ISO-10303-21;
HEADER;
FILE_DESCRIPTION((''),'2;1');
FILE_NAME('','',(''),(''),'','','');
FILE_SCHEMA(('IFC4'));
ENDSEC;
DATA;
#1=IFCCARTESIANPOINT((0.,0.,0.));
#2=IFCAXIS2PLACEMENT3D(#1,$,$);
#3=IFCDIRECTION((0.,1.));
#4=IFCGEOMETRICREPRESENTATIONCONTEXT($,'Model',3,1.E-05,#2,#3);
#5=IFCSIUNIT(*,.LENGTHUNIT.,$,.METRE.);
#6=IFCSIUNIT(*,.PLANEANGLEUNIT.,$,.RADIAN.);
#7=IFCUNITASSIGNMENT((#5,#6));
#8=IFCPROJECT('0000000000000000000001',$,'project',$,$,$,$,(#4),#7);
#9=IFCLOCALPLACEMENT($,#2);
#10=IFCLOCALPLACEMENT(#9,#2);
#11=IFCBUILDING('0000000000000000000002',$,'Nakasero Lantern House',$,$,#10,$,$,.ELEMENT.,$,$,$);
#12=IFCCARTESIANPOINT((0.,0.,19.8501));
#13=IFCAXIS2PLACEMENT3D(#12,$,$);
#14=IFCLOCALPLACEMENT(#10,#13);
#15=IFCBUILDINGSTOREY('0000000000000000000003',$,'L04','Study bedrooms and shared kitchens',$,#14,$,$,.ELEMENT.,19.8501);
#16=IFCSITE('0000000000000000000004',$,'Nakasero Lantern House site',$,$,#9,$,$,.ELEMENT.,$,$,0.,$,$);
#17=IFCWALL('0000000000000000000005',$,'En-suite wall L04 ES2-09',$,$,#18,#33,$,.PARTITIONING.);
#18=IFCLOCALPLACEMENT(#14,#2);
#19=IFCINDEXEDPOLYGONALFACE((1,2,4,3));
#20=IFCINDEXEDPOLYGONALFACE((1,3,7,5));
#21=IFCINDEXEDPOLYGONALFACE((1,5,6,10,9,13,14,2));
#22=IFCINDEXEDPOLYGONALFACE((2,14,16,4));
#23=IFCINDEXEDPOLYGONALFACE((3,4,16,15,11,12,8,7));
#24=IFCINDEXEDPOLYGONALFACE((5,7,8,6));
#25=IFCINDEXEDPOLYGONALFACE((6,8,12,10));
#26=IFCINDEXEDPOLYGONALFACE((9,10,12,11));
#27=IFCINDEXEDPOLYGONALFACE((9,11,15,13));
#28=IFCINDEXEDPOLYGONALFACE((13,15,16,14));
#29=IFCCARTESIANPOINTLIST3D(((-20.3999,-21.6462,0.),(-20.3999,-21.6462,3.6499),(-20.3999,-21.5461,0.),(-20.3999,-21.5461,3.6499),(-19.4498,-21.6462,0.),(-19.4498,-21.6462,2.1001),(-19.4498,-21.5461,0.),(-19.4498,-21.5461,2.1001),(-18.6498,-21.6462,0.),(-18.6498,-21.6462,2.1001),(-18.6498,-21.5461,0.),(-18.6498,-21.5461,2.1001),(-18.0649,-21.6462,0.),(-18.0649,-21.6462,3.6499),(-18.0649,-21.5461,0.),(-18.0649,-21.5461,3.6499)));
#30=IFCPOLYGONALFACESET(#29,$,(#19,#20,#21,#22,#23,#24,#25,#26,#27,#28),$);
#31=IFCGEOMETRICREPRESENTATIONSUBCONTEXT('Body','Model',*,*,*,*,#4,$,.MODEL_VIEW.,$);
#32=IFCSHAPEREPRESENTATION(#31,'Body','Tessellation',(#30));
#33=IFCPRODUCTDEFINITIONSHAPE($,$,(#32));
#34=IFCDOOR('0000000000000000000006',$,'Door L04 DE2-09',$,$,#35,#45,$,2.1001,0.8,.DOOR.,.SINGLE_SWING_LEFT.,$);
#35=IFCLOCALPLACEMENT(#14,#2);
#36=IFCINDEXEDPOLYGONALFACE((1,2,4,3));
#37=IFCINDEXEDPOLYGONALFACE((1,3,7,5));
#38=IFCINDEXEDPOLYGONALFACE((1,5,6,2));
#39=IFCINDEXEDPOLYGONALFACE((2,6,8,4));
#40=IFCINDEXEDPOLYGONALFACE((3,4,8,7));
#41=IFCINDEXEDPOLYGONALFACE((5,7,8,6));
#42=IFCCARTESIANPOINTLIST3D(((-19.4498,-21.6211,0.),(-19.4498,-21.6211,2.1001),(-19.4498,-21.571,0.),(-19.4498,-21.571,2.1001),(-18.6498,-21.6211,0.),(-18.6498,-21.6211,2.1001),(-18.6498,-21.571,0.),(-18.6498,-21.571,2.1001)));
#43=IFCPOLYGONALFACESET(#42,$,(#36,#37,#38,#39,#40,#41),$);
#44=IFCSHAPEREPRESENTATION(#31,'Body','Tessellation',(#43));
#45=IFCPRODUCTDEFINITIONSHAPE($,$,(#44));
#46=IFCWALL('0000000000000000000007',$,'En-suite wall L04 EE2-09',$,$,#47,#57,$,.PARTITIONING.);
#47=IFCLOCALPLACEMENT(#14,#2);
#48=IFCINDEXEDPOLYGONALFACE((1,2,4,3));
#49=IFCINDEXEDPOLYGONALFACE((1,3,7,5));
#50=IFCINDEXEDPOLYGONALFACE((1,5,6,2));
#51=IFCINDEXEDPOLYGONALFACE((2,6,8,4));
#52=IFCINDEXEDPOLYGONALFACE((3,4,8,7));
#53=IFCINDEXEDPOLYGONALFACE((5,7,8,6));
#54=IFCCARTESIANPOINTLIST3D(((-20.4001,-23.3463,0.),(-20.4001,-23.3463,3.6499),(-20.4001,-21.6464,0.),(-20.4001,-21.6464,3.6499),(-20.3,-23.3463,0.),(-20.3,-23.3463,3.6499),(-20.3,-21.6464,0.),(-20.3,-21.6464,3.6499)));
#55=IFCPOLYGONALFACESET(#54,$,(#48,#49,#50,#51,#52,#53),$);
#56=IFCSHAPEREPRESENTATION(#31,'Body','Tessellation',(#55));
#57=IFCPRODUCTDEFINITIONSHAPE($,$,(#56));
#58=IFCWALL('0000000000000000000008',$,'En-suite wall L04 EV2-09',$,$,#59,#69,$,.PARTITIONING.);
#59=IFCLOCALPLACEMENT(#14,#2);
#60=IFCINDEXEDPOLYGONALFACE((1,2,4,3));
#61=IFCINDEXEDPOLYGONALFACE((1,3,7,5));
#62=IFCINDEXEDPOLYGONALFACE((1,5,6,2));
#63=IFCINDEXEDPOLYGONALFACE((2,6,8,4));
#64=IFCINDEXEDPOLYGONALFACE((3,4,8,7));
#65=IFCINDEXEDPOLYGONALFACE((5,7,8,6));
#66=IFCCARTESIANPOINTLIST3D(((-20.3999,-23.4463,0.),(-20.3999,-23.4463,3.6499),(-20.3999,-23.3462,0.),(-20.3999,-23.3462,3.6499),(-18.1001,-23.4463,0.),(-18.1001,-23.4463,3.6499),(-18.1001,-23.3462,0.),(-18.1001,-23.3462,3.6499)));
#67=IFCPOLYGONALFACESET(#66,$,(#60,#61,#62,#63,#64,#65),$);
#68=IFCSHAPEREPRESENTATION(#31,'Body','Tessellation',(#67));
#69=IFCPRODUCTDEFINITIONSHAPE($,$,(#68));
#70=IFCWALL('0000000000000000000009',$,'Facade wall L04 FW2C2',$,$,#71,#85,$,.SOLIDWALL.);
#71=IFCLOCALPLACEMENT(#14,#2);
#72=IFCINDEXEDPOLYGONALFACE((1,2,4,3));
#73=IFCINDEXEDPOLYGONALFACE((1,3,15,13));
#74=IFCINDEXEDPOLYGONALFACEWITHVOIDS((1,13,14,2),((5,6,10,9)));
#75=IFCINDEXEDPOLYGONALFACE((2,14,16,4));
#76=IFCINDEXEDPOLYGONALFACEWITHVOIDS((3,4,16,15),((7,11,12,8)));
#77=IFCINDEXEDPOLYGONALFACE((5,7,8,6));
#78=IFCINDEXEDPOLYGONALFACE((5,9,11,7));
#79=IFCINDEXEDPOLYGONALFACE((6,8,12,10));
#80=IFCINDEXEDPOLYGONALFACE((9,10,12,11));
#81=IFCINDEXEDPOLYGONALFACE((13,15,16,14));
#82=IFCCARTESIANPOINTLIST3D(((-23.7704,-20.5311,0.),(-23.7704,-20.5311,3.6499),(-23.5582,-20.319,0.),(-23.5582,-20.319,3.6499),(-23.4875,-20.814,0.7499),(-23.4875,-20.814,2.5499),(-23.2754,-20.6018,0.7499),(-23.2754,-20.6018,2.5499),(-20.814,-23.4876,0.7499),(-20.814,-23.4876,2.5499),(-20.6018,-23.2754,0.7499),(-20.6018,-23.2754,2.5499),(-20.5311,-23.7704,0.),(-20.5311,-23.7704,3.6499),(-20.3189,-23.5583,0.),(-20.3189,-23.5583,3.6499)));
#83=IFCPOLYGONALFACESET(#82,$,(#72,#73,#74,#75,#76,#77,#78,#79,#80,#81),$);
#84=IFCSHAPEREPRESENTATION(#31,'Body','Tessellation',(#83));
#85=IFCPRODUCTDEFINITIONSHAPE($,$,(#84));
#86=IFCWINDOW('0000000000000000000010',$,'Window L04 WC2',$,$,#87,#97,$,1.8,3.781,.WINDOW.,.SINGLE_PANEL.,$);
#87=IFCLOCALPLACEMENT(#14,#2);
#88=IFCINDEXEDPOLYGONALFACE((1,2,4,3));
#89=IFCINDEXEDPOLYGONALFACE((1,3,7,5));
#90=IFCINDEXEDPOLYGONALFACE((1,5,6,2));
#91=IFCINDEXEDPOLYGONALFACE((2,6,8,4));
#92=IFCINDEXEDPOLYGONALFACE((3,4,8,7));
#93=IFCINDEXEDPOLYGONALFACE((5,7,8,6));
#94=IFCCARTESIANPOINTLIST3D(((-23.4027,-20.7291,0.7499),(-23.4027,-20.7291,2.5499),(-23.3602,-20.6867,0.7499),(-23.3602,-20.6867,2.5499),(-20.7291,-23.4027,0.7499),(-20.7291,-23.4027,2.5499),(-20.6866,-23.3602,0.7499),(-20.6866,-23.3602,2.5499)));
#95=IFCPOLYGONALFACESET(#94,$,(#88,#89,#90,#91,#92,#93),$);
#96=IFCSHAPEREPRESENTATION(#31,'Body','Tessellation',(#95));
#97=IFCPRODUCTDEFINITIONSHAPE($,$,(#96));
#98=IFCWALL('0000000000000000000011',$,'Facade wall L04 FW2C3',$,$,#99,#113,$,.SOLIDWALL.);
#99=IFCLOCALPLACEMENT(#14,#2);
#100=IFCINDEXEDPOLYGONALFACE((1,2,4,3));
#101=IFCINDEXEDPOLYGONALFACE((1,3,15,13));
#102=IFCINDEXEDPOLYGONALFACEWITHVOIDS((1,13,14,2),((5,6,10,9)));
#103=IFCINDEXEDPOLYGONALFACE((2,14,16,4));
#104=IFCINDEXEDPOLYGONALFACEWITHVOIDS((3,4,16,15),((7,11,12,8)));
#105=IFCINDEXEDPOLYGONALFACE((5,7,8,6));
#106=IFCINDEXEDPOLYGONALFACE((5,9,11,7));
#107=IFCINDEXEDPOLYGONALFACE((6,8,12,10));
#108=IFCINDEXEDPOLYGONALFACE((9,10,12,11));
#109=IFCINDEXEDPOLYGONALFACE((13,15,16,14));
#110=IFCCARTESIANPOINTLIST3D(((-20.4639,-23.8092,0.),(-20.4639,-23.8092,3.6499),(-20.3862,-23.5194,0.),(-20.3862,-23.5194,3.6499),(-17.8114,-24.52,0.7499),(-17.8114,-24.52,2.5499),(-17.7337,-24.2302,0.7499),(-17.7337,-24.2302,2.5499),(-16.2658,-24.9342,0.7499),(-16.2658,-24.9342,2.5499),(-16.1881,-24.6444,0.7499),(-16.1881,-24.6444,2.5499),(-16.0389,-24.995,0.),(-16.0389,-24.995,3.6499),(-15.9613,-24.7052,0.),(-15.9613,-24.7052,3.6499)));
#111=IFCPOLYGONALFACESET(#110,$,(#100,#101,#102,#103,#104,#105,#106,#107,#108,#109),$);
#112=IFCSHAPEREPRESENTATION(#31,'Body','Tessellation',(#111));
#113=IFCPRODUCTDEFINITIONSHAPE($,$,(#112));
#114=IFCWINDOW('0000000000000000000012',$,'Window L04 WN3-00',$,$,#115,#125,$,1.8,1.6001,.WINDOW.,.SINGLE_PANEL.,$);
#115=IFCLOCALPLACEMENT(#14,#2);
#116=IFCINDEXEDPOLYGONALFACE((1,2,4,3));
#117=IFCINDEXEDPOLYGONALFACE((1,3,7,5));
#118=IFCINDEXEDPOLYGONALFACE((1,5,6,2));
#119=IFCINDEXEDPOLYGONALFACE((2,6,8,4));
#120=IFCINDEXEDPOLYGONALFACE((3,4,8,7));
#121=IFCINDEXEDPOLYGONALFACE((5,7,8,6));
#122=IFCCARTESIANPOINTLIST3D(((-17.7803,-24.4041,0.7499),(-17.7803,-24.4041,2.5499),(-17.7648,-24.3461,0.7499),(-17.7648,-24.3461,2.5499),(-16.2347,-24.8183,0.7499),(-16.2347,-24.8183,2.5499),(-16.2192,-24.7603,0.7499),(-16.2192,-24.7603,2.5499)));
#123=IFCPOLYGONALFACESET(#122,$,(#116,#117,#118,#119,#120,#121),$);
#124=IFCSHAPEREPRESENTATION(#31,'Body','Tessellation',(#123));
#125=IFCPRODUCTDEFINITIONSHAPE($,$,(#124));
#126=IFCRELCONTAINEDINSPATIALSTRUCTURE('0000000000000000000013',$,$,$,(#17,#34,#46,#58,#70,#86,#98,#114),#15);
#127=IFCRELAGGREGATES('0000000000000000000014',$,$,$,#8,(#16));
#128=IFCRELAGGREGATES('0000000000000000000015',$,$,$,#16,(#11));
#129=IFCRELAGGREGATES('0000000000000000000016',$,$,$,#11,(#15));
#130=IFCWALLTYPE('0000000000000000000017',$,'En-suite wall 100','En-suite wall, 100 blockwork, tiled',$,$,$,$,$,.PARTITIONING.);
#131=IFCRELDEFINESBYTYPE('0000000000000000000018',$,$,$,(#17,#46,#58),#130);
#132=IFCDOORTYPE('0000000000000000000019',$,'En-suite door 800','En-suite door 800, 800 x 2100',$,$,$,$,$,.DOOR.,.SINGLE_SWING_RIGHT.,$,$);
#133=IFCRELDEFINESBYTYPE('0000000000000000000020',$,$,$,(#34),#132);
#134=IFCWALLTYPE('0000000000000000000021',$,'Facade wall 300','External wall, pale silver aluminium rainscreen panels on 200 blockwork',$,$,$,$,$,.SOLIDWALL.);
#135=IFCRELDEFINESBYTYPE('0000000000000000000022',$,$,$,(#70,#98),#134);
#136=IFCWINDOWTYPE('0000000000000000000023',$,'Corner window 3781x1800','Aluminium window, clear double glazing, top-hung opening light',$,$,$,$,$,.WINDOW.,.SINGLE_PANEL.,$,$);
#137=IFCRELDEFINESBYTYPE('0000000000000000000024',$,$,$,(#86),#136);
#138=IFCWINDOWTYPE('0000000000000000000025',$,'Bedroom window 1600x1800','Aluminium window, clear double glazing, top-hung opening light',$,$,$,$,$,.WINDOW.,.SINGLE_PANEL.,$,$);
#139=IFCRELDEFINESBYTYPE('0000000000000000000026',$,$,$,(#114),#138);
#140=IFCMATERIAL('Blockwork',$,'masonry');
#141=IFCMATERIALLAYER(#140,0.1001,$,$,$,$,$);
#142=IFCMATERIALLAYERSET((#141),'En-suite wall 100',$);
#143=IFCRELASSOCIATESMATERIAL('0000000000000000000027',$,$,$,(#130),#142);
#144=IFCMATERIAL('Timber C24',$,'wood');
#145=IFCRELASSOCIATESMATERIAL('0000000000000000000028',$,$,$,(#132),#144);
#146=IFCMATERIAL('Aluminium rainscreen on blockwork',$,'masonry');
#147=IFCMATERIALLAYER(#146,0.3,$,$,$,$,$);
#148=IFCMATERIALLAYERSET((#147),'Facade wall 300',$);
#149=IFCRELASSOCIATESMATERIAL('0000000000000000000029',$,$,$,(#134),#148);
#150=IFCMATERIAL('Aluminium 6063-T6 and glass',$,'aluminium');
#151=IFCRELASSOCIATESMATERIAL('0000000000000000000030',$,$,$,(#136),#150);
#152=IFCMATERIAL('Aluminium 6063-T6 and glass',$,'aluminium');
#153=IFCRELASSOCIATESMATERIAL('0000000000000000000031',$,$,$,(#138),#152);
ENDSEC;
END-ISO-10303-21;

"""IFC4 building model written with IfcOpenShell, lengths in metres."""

from ifc_helpers import new_model, si_unit, direction, frame, frame_2d, origin, place, context, subcontext, project, spatial, rectangle, extrude, material, layer, layer_set, type_object, element, fill, save


model = new_model("IFC4")

# Units and contexts
model_context = context("Model", 3, precision=1e-05, world=origin(), true_north=direction((0.0, 1.0)))
body_context = subcontext(model_context, "Body", "Model", "MODEL_VIEW")
ifc_project = project(units=[si_unit("LENGTHUNIT", "METRE"), si_unit("PLANEANGLEUNIT", "RADIAN")], contexts=[model_context])

# Site, building, storey
site_placement = place(None, origin())
site = spatial("IfcSite", under=ifc_project, at=site_placement, Name="Nakasero Lantern House site", CompositionType="ELEMENT", RefElevation=0.0)
building_placement = place(site_placement, origin())
building = spatial("IfcBuilding", under=site, at=building_placement, Name="Nakasero Lantern House", CompositionType="ELEMENT")
storey_placement = place(building_placement, frame((0.0, 0.0, 19.8501)))
storey = spatial("IfcBuildingStorey", under=building, at=storey_placement, Name="L04", Description="Study bedrooms and shared kitchens", CompositionType="ELEMENT", Elevation=19.8501)

# Wall, opening, door
ifc_material_1 = material(Name="Blockwork", Category="masonry")
ifc_layer_1 = layer(ifc_material_1, 0.1001)
ifc_layer_set_1 = layer_set([ifc_layer_1], Name="En-suite wall 100")
wall_type_1 = type_object("IfcWallType", Name="En-suite wall 100", Description="En-suite wall, 100 blockwork, tiled", PredefinedType="PARTITIONING", material=ifc_layer_set_1)
wall_1_placement = place(storey_placement, frame((-18.0649, -21.5962, 0.0), z_axis=(0.0, 0.0, 1.0), x_axis=(-1.0, 0.0, 0.0)))
wall_1 = element("IfcWall", 1, at=wall_1_placement, inside=storey, type_object=wall_type_1, Name="En-suite wall L04 ES2-09", PredefinedType="PARTITIONING", context=body_context, shape_type="SweptSolid", body=[
    extrude(rectangle(XDim=2.335, YDim=0.1001, at=frame_2d((1.1675, 0.0))), origin(), (0.0, 0.0, 1.0), 3.6499),
])
opening_1_placement = place(wall_1_placement, frame((0.585, 0.0, 0.0)))
opening_1 = element("IfcOpeningElement", 2, at=opening_1_placement, cuts=wall_1, PredefinedType="OPENING", context=body_context, shape_type="SweptSolid", body=[
    extrude(rectangle(XDim=0.8, YDim=2.1001, at=frame_2d((0.3999, 1.05))), frame((0.0, 0.0701, 0.0), z_axis=(0.0, -1.0, 0.0), x_axis=(1.0, 0.0, 0.0)), (0.0, 0.0, 1.0), 0.1401),
])
ifc_material_2 = material(Name="Timber C24", Category="wood")
door_type_1 = type_object("IfcDoorType", Name="En-suite door 800", Description="En-suite door 800, 800 x 2100", OperationType="SINGLE_SWING_RIGHT", PredefinedType="DOOR", material=ifc_material_2)
door_1_placement = place(opening_1_placement, origin())
door_1 = element("IfcDoor", 3, at=door_1_placement, inside=storey, type_object=door_type_1, Name="Door L04 DE2-09", OperationType="SINGLE_SWING_LEFT", OverallHeight=2.1001, OverallWidth=0.8, PredefinedType="DOOR", context=body_context, shape_type="SweptSolid", body=[
    extrude(rectangle(XDim=0.8, YDim=2.1001, at=frame_2d((0.3999, 1.05))), frame((0.0, 0.0249, 0.0), z_axis=(0.0, -1.0, 0.0), x_axis=(1.0, 0.0, 0.0)), (0.0, 0.0, 1.0), 0.05),
])
fill(opening_1, door_1)

# Walls
wall_2_placement = place(storey_placement, frame((-20.3501, -21.6462, 0.0), z_axis=(0.0, 0.0, 1.0), x_axis=(0.0, -1.0, 0.0)))
element("IfcWall", 4, at=wall_2_placement, inside=storey, type_object=wall_type_1, Name="En-suite wall L04 EE2-09", PredefinedType="PARTITIONING", context=body_context, shape_type="SweptSolid", body=[
    extrude(rectangle(XDim=1.7, YDim=0.1001, at=frame_2d((0.8501, 0.0))), origin(), (0.0, 0.0, 1.0), 3.6499),
])
wall_3_placement = place(storey_placement, frame((-18.1001, -23.3962, 0.0), z_axis=(0.0, 0.0, 1.0), x_axis=(-1.0, 0.0, 0.0)))
element("IfcWall", 5, at=wall_3_placement, inside=storey, type_object=wall_type_1, Name="En-suite wall L04 EV2-09", PredefinedType="PARTITIONING", context=body_context, shape_type="SweptSolid", body=[
    extrude(rectangle(XDim=2.2998, YDim=0.1001, at=frame_2d((1.1499, 0.0))), origin(), (0.0, 0.0, 1.0), 3.6499),
])

# Walls, openings, windows
ifc_material_3 = material(Name="Aluminium rainscreen on blockwork", Category="masonry")
ifc_layer_2 = layer(ifc_material_3, 0.3)
ifc_layer_set_2 = layer_set([ifc_layer_2], Name="Facade wall 300")
wall_type_2 = type_object("IfcWallType", Name="Facade wall 300", Description="External wall, pale silver aluminium rainscreen panels on 200 blockwork", PredefinedType="SOLIDWALL", material=ifc_layer_set_2)
wall_4_placement = place(storey_placement, frame((-23.6643, -20.425, 0.0), z_axis=(0.0, 0.0, 1.0), x_axis=(0.707107, -0.707107, 0.0)))
wall_4 = element("IfcWall", 6, at=wall_4_placement, inside=storey, type_object=wall_type_2, Name="Facade wall L04 FW2C2", PredefinedType="SOLIDWALL", context=body_context, shape_type="SweptSolid", body=[
    extrude(rectangle(XDim=4.5811, YDim=0.3, at=frame_2d((2.2905, 0.0))), origin(), (0.0, 0.0, 1.0), 3.6499),
])
opening_2_placement = place(wall_4_placement, frame((0.3999, 0.0, 0.75)))
opening_2 = element("IfcOpeningElement", 7, at=opening_2_placement, cuts=wall_4, PredefinedType="OPENING", context=body_context, shape_type="SweptSolid", body=[
    extrude(rectangle(XDim=3.781, YDim=1.8, at=frame_2d((1.8906, 0.8999))), frame((0.0, 0.1699, 0.0), z_axis=(0.0, -1.0, 0.0), x_axis=(1.0, 0.0, 0.0)), (0.0, 0.0, 1.0), 0.3401),
])
ifc_material_4 = material(Name="Aluminium 6063-T6 and glass", Category="aluminium")
window_type_1 = type_object("IfcWindowType", Name="Corner window 3781x1800", Description="Aluminium window, clear double glazing, top-hung opening light", PartitioningType="SINGLE_PANEL", PredefinedType="WINDOW", material=ifc_material_4)
window_1_placement = place(opening_2_placement, origin())
window_1 = element("IfcWindow", 8, at=window_1_placement, inside=storey, type_object=window_type_1, Name="Window L04 WC2", OverallHeight=1.8, OverallWidth=3.781, PartitioningType="SINGLE_PANEL", PredefinedType="WINDOW", context=body_context, shape_type="SweptSolid", body=[
    extrude(rectangle(XDim=3.781, YDim=1.8, at=frame_2d((1.8906, 0.8999))), frame((0.0, 0.03, 0.0), z_axis=(0.0, -1.0, 0.0), x_axis=(1.0, 0.0, 0.0)), (0.0, 0.0, 1.0), 0.0601),
])
fill(opening_2, window_1)
wall_5_placement = place(storey_placement, frame((-20.425, -23.6643, 0.0), z_axis=(0.0, 0.0, 1.0), x_axis=(0.96592, -0.25884, 0.0)))
wall_5 = element("IfcWall", 9, at=wall_5_placement, inside=storey, type_object=wall_type_2, Name="Facade wall L04 FW2C3", PredefinedType="SOLIDWALL", context=body_context, shape_type="SweptSolid", body=[
    extrude(rectangle(XDim=4.5811, YDim=0.3, at=frame_2d((2.2905, 0.0))), origin(), (0.0, 0.0, 1.0), 3.6499),
])
opening_3_placement = place(wall_5_placement, frame((2.7461, 0.0, 0.75)))
opening_3 = element("IfcOpeningElement", 10, at=opening_3_placement, cuts=wall_5, PredefinedType="OPENING", context=body_context, shape_type="SweptSolid", body=[
    extrude(rectangle(XDim=1.6001, YDim=1.8, at=frame_2d((0.8, 0.8999))), frame((0.0, 0.1699, 0.0), z_axis=(0.0, -1.0, 0.0), x_axis=(1.0, 0.0, 0.0)), (0.0, 0.0, 1.0), 0.3401),
])
ifc_material_5 = material(Name="Aluminium 6063-T6 and glass", Category="aluminium")
window_type_2 = type_object("IfcWindowType", Name="Bedroom window 1600x1800", Description="Aluminium window, clear double glazing, top-hung opening light", PartitioningType="SINGLE_PANEL", PredefinedType="WINDOW", material=ifc_material_5)
window_2_placement = place(opening_3_placement, origin())
window_2 = element("IfcWindow", 11, at=window_2_placement, inside=storey, type_object=window_type_2, Name="Window L04 WN3-00", OverallHeight=1.8, OverallWidth=1.6001, PartitioningType="SINGLE_PANEL", PredefinedType="WINDOW", context=body_context, shape_type="SweptSolid", body=[
    extrude(rectangle(XDim=1.6001, YDim=1.8, at=frame_2d((0.8, 0.8999))), frame((0.0, 0.03, 0.0), z_axis=(0.0, -1.0, 0.0), x_axis=(1.0, 0.0, 0.0)), (0.0, 0.0, 1.0), 0.0601),
])
fill(opening_3, window_2)

save(model, "model.ifc")
